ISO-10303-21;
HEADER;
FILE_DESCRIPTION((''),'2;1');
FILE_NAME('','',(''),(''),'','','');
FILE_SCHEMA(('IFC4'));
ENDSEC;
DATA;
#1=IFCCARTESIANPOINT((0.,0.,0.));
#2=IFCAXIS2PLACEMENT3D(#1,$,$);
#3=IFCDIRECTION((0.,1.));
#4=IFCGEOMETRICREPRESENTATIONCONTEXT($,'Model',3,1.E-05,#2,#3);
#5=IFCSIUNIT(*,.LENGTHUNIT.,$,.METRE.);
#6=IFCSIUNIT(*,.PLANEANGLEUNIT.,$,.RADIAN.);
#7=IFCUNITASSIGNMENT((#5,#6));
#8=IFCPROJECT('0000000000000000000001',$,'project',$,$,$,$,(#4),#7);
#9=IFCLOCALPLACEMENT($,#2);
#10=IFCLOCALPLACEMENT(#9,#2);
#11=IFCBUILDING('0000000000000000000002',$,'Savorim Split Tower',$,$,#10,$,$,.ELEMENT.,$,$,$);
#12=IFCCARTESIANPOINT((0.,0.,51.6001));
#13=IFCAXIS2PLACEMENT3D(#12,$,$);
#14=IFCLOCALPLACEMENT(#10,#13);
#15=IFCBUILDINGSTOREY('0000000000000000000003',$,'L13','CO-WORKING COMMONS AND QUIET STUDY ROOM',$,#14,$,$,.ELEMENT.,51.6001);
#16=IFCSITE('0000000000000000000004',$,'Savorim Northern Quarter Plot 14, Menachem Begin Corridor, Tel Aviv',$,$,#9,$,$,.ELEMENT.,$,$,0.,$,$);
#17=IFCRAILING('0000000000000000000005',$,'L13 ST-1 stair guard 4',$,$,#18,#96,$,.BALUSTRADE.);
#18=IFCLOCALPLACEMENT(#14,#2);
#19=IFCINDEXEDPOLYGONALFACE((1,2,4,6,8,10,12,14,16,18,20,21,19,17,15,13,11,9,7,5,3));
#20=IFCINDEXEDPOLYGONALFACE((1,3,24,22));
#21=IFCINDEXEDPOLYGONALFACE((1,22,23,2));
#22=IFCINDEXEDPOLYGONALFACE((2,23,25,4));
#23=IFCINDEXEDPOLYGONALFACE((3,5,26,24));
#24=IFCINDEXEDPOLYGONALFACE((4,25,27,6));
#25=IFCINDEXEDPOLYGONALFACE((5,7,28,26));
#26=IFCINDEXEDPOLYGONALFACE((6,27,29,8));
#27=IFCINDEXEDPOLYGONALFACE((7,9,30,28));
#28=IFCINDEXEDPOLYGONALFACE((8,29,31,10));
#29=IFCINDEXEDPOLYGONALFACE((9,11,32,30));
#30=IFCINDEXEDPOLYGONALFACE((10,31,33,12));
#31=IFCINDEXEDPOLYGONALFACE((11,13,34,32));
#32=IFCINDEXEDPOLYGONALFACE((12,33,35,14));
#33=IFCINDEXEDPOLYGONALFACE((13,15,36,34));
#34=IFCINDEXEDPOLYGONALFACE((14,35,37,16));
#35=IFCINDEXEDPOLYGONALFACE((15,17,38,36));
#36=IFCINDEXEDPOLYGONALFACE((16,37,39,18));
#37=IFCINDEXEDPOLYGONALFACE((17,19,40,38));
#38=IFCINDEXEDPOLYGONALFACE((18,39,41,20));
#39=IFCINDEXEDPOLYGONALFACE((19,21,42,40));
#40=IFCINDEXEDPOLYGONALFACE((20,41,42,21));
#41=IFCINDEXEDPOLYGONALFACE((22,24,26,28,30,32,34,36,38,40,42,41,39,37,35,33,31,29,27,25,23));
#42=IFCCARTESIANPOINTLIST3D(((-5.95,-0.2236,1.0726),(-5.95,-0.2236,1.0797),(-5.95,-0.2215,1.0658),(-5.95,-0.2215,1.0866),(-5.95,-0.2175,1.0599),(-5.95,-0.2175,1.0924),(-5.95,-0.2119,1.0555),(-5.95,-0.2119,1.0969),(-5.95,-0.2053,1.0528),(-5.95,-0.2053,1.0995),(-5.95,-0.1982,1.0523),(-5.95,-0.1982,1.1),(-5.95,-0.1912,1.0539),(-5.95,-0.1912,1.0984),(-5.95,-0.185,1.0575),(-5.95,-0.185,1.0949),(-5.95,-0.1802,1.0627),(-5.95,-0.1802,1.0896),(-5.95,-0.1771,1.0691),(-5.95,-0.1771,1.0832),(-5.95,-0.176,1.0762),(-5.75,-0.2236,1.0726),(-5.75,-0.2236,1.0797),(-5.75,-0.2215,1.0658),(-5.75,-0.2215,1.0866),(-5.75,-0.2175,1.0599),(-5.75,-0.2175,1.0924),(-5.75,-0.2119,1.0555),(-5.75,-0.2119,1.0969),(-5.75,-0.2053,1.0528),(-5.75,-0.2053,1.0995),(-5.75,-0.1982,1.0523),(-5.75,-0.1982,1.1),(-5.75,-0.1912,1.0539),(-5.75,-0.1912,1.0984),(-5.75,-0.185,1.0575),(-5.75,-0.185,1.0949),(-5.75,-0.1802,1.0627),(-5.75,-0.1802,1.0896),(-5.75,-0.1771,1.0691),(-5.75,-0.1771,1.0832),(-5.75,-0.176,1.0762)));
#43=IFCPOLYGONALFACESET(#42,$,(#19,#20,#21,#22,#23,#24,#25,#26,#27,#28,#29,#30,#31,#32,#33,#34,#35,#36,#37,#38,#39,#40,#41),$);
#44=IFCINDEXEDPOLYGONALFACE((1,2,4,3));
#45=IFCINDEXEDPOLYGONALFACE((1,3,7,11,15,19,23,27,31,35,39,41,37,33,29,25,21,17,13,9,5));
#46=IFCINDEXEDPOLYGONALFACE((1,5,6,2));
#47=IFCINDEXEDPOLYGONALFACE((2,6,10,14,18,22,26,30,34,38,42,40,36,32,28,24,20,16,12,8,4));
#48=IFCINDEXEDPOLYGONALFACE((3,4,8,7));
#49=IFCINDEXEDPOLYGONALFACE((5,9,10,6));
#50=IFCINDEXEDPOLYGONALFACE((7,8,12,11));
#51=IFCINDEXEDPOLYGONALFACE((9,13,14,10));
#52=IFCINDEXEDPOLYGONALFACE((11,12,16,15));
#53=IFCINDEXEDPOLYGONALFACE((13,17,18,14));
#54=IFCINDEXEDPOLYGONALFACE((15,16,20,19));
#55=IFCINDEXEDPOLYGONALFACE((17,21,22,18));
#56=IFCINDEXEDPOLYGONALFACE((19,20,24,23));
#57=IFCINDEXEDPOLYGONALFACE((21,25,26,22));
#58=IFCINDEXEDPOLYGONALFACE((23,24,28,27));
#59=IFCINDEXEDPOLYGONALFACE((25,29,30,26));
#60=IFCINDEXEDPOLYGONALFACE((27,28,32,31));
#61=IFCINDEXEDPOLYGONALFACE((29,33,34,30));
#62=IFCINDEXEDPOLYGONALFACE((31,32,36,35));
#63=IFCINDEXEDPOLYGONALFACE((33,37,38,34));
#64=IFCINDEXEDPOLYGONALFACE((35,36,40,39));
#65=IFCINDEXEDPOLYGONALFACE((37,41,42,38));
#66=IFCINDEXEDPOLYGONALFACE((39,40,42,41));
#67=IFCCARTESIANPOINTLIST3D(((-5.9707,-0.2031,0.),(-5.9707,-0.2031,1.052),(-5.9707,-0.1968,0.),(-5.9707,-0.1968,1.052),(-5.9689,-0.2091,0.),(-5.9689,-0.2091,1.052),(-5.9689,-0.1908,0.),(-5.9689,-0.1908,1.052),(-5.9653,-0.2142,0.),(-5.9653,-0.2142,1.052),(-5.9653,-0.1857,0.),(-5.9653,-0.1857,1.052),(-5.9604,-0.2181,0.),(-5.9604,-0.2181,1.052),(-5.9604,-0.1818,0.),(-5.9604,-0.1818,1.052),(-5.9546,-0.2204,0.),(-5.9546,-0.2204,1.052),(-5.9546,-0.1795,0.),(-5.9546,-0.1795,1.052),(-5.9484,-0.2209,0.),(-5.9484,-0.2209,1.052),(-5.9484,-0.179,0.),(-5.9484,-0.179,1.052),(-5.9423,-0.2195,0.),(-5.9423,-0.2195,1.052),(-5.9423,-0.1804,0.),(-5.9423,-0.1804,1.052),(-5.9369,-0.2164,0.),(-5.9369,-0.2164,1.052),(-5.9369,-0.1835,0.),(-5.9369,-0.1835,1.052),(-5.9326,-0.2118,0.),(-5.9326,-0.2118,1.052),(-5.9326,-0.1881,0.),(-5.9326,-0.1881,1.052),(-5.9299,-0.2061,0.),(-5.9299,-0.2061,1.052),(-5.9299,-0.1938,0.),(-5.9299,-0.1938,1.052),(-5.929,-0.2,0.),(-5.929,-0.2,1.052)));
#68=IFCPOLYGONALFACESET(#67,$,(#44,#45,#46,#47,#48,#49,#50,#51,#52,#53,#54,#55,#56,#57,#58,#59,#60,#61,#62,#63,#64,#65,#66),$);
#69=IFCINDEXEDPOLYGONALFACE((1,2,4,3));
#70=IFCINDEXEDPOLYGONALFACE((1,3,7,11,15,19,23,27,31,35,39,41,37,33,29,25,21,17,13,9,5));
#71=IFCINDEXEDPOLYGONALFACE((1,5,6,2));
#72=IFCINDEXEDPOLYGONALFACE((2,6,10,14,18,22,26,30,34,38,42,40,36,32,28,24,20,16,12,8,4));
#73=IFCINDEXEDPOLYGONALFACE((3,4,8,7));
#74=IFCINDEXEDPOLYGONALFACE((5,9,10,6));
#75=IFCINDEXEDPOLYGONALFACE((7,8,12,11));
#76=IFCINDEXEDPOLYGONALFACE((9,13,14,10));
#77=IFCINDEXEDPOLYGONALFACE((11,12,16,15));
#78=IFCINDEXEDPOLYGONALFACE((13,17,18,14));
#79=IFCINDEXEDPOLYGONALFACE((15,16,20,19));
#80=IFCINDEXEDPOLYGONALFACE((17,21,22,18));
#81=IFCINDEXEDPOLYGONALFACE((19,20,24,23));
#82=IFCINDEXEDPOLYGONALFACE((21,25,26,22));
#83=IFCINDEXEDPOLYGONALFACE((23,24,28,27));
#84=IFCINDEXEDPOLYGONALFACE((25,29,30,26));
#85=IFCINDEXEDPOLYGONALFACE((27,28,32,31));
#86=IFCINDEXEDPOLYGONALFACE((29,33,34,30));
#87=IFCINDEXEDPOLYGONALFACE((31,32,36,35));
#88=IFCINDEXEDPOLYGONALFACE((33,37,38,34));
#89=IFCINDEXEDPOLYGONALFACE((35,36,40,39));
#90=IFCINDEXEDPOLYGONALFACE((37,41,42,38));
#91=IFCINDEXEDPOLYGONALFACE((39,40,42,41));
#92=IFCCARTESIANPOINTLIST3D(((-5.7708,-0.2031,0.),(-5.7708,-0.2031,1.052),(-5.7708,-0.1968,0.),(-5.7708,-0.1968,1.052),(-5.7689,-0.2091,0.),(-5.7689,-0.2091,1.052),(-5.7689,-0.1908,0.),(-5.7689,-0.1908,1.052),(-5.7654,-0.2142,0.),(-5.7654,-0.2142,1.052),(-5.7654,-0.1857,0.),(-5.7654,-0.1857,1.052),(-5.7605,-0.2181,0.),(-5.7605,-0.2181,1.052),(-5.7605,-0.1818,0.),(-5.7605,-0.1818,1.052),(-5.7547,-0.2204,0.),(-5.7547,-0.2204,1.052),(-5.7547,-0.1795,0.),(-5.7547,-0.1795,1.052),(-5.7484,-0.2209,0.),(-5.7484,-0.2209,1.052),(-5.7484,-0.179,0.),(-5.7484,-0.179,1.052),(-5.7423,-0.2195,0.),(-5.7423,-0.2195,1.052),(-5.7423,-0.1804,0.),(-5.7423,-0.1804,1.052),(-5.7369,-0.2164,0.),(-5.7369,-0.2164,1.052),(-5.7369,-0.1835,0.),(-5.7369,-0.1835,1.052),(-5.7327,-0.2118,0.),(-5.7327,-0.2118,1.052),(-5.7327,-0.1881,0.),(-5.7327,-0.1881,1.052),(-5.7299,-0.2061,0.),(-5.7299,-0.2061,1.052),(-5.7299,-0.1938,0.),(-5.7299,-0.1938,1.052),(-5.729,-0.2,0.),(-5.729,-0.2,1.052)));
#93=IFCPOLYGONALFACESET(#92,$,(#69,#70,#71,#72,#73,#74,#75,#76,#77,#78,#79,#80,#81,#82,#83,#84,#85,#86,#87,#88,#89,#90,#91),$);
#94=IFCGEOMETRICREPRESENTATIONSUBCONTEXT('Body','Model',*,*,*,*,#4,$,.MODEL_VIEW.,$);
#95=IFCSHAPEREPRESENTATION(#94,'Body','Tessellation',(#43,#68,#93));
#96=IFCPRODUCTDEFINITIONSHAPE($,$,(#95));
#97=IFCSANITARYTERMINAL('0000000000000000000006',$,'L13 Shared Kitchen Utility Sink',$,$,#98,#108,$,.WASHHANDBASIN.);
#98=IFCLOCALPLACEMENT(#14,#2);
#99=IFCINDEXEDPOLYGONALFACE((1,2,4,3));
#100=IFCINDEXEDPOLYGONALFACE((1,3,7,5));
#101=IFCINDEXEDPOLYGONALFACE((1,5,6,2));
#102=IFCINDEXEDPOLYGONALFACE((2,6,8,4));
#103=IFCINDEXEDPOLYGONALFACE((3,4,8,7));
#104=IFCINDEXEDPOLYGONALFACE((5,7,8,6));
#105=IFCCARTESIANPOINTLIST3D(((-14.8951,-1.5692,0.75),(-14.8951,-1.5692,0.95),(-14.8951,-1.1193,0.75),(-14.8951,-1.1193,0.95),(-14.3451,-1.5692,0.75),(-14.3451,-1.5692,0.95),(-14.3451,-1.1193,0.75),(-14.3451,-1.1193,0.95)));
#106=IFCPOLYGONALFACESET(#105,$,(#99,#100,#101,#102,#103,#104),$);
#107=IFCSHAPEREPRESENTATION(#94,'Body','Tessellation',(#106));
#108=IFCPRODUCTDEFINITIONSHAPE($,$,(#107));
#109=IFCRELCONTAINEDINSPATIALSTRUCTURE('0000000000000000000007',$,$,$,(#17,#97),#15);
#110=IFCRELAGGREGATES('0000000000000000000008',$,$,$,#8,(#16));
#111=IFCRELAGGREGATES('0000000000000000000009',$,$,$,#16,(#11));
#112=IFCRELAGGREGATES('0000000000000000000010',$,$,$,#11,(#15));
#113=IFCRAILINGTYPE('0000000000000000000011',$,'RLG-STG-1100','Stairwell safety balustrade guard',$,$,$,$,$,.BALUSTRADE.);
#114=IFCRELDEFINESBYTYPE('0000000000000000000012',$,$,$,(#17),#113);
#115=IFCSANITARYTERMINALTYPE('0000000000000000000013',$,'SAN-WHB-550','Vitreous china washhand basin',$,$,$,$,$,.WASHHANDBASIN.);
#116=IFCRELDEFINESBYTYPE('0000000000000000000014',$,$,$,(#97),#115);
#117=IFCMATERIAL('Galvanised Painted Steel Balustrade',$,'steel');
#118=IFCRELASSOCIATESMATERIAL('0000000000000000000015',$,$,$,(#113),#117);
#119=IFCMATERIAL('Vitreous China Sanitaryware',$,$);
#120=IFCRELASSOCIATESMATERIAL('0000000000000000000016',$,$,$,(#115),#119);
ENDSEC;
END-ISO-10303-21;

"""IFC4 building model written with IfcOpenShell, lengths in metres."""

from ifc_helpers import new_model, si_unit, direction, frame, origin, origin_2d, place, context, subcontext, project, spatial, rectangle, circle, extrude, material, type_object, element, save


model = new_model("IFC4")

# Units and contexts
model_context = context("Model", 3, precision=1e-05, world=origin(), true_north=direction((0.0, 1.0)))
body_context = subcontext(model_context, "Body", "Model", "MODEL_VIEW")
ifc_project = project(units=[si_unit("LENGTHUNIT", "METRE"), si_unit("PLANEANGLEUNIT", "RADIAN")], contexts=[model_context])

# Site, building, storey
site_placement = place(None, origin())
site = spatial("IfcSite", under=ifc_project, at=site_placement, Name="Savorim Northern Quarter Plot 14, Menachem Begin Corridor, Tel Aviv", CompositionType="ELEMENT", RefElevation=0.0)
building_placement = place(site_placement, origin())
building = spatial("IfcBuilding", under=site, at=building_placement, Name="Savorim Split Tower", CompositionType="ELEMENT")
storey_placement = place(building_placement, frame((0.0, 0.0, 51.6001)))
storey = spatial("IfcBuildingStorey", under=building, at=storey_placement, Name="L13", Description="CO-WORKING COMMONS AND QUIET STUDY ROOM", CompositionType="ELEMENT", Elevation=51.6001)

# Railing
ifc_material_1 = material(Name="Galvanised Painted Steel Balustrade", Category="steel")
railing_type_1 = type_object("IfcRailingType", Name="RLG-STG-1100", Description="Stairwell safety balustrade guard", PredefinedType="BALUSTRADE", material=ifc_material_1)
railing_1_placement = place(storey_placement, frame((-5.95, -0.2, 0.0)))
element("IfcRailing", 1, at=railing_1_placement, inside=storey, type_object=railing_type_1, Name="L13 ST-1 stair guard 4", PredefinedType="BALUSTRADE", context=body_context, shape_type="SweptSolid", body=[
    extrude(circle(Radius=0.0239, at=origin_2d()), frame((0.0, 0.0, 1.0762), z_axis=(1.0, 0.0, 0.0), x_axis=(0.0, 1.0, 0.0)), (0.0, 0.0, 1.0), 0.2),
    extrude(circle(Radius=0.021, at=origin_2d()), origin(), (0.0, 0.0, 1.0), 1.052),
    extrude(circle(Radius=0.021, at=origin_2d()), frame((0.2, 0.0, 0.0)), (0.0, 0.0, 1.0), 1.052),
])

# Sanitary terminal
ifc_material_2 = material(Name="Vitreous China Sanitaryware")
sanitary_terminal_type = type_object("IfcSanitaryTerminalType", Name="SAN-WHB-550", Description="Vitreous china washhand basin", PredefinedType="WASHHANDBASIN", material=ifc_material_2)
sanitary_terminal_placement = place(storey_placement, frame((-14.6201, -1.3442, 0.75), z_axis=(0.0, 0.0, 1.0), x_axis=(1.0, 0.0, 0.0)))
element("IfcSanitaryTerminal", 2, at=sanitary_terminal_placement, inside=storey, type_object=sanitary_terminal_type, Name="L13 Shared Kitchen Utility Sink", PredefinedType="WASHHANDBASIN", context=body_context, shape_type="SweptSolid", body=[
    extrude(rectangle(XDim=0.55, YDim=0.45, at=origin_2d()), origin(), (0.0, 0.0, 1.0), 0.2),
])

save(model, "model.ifc")
